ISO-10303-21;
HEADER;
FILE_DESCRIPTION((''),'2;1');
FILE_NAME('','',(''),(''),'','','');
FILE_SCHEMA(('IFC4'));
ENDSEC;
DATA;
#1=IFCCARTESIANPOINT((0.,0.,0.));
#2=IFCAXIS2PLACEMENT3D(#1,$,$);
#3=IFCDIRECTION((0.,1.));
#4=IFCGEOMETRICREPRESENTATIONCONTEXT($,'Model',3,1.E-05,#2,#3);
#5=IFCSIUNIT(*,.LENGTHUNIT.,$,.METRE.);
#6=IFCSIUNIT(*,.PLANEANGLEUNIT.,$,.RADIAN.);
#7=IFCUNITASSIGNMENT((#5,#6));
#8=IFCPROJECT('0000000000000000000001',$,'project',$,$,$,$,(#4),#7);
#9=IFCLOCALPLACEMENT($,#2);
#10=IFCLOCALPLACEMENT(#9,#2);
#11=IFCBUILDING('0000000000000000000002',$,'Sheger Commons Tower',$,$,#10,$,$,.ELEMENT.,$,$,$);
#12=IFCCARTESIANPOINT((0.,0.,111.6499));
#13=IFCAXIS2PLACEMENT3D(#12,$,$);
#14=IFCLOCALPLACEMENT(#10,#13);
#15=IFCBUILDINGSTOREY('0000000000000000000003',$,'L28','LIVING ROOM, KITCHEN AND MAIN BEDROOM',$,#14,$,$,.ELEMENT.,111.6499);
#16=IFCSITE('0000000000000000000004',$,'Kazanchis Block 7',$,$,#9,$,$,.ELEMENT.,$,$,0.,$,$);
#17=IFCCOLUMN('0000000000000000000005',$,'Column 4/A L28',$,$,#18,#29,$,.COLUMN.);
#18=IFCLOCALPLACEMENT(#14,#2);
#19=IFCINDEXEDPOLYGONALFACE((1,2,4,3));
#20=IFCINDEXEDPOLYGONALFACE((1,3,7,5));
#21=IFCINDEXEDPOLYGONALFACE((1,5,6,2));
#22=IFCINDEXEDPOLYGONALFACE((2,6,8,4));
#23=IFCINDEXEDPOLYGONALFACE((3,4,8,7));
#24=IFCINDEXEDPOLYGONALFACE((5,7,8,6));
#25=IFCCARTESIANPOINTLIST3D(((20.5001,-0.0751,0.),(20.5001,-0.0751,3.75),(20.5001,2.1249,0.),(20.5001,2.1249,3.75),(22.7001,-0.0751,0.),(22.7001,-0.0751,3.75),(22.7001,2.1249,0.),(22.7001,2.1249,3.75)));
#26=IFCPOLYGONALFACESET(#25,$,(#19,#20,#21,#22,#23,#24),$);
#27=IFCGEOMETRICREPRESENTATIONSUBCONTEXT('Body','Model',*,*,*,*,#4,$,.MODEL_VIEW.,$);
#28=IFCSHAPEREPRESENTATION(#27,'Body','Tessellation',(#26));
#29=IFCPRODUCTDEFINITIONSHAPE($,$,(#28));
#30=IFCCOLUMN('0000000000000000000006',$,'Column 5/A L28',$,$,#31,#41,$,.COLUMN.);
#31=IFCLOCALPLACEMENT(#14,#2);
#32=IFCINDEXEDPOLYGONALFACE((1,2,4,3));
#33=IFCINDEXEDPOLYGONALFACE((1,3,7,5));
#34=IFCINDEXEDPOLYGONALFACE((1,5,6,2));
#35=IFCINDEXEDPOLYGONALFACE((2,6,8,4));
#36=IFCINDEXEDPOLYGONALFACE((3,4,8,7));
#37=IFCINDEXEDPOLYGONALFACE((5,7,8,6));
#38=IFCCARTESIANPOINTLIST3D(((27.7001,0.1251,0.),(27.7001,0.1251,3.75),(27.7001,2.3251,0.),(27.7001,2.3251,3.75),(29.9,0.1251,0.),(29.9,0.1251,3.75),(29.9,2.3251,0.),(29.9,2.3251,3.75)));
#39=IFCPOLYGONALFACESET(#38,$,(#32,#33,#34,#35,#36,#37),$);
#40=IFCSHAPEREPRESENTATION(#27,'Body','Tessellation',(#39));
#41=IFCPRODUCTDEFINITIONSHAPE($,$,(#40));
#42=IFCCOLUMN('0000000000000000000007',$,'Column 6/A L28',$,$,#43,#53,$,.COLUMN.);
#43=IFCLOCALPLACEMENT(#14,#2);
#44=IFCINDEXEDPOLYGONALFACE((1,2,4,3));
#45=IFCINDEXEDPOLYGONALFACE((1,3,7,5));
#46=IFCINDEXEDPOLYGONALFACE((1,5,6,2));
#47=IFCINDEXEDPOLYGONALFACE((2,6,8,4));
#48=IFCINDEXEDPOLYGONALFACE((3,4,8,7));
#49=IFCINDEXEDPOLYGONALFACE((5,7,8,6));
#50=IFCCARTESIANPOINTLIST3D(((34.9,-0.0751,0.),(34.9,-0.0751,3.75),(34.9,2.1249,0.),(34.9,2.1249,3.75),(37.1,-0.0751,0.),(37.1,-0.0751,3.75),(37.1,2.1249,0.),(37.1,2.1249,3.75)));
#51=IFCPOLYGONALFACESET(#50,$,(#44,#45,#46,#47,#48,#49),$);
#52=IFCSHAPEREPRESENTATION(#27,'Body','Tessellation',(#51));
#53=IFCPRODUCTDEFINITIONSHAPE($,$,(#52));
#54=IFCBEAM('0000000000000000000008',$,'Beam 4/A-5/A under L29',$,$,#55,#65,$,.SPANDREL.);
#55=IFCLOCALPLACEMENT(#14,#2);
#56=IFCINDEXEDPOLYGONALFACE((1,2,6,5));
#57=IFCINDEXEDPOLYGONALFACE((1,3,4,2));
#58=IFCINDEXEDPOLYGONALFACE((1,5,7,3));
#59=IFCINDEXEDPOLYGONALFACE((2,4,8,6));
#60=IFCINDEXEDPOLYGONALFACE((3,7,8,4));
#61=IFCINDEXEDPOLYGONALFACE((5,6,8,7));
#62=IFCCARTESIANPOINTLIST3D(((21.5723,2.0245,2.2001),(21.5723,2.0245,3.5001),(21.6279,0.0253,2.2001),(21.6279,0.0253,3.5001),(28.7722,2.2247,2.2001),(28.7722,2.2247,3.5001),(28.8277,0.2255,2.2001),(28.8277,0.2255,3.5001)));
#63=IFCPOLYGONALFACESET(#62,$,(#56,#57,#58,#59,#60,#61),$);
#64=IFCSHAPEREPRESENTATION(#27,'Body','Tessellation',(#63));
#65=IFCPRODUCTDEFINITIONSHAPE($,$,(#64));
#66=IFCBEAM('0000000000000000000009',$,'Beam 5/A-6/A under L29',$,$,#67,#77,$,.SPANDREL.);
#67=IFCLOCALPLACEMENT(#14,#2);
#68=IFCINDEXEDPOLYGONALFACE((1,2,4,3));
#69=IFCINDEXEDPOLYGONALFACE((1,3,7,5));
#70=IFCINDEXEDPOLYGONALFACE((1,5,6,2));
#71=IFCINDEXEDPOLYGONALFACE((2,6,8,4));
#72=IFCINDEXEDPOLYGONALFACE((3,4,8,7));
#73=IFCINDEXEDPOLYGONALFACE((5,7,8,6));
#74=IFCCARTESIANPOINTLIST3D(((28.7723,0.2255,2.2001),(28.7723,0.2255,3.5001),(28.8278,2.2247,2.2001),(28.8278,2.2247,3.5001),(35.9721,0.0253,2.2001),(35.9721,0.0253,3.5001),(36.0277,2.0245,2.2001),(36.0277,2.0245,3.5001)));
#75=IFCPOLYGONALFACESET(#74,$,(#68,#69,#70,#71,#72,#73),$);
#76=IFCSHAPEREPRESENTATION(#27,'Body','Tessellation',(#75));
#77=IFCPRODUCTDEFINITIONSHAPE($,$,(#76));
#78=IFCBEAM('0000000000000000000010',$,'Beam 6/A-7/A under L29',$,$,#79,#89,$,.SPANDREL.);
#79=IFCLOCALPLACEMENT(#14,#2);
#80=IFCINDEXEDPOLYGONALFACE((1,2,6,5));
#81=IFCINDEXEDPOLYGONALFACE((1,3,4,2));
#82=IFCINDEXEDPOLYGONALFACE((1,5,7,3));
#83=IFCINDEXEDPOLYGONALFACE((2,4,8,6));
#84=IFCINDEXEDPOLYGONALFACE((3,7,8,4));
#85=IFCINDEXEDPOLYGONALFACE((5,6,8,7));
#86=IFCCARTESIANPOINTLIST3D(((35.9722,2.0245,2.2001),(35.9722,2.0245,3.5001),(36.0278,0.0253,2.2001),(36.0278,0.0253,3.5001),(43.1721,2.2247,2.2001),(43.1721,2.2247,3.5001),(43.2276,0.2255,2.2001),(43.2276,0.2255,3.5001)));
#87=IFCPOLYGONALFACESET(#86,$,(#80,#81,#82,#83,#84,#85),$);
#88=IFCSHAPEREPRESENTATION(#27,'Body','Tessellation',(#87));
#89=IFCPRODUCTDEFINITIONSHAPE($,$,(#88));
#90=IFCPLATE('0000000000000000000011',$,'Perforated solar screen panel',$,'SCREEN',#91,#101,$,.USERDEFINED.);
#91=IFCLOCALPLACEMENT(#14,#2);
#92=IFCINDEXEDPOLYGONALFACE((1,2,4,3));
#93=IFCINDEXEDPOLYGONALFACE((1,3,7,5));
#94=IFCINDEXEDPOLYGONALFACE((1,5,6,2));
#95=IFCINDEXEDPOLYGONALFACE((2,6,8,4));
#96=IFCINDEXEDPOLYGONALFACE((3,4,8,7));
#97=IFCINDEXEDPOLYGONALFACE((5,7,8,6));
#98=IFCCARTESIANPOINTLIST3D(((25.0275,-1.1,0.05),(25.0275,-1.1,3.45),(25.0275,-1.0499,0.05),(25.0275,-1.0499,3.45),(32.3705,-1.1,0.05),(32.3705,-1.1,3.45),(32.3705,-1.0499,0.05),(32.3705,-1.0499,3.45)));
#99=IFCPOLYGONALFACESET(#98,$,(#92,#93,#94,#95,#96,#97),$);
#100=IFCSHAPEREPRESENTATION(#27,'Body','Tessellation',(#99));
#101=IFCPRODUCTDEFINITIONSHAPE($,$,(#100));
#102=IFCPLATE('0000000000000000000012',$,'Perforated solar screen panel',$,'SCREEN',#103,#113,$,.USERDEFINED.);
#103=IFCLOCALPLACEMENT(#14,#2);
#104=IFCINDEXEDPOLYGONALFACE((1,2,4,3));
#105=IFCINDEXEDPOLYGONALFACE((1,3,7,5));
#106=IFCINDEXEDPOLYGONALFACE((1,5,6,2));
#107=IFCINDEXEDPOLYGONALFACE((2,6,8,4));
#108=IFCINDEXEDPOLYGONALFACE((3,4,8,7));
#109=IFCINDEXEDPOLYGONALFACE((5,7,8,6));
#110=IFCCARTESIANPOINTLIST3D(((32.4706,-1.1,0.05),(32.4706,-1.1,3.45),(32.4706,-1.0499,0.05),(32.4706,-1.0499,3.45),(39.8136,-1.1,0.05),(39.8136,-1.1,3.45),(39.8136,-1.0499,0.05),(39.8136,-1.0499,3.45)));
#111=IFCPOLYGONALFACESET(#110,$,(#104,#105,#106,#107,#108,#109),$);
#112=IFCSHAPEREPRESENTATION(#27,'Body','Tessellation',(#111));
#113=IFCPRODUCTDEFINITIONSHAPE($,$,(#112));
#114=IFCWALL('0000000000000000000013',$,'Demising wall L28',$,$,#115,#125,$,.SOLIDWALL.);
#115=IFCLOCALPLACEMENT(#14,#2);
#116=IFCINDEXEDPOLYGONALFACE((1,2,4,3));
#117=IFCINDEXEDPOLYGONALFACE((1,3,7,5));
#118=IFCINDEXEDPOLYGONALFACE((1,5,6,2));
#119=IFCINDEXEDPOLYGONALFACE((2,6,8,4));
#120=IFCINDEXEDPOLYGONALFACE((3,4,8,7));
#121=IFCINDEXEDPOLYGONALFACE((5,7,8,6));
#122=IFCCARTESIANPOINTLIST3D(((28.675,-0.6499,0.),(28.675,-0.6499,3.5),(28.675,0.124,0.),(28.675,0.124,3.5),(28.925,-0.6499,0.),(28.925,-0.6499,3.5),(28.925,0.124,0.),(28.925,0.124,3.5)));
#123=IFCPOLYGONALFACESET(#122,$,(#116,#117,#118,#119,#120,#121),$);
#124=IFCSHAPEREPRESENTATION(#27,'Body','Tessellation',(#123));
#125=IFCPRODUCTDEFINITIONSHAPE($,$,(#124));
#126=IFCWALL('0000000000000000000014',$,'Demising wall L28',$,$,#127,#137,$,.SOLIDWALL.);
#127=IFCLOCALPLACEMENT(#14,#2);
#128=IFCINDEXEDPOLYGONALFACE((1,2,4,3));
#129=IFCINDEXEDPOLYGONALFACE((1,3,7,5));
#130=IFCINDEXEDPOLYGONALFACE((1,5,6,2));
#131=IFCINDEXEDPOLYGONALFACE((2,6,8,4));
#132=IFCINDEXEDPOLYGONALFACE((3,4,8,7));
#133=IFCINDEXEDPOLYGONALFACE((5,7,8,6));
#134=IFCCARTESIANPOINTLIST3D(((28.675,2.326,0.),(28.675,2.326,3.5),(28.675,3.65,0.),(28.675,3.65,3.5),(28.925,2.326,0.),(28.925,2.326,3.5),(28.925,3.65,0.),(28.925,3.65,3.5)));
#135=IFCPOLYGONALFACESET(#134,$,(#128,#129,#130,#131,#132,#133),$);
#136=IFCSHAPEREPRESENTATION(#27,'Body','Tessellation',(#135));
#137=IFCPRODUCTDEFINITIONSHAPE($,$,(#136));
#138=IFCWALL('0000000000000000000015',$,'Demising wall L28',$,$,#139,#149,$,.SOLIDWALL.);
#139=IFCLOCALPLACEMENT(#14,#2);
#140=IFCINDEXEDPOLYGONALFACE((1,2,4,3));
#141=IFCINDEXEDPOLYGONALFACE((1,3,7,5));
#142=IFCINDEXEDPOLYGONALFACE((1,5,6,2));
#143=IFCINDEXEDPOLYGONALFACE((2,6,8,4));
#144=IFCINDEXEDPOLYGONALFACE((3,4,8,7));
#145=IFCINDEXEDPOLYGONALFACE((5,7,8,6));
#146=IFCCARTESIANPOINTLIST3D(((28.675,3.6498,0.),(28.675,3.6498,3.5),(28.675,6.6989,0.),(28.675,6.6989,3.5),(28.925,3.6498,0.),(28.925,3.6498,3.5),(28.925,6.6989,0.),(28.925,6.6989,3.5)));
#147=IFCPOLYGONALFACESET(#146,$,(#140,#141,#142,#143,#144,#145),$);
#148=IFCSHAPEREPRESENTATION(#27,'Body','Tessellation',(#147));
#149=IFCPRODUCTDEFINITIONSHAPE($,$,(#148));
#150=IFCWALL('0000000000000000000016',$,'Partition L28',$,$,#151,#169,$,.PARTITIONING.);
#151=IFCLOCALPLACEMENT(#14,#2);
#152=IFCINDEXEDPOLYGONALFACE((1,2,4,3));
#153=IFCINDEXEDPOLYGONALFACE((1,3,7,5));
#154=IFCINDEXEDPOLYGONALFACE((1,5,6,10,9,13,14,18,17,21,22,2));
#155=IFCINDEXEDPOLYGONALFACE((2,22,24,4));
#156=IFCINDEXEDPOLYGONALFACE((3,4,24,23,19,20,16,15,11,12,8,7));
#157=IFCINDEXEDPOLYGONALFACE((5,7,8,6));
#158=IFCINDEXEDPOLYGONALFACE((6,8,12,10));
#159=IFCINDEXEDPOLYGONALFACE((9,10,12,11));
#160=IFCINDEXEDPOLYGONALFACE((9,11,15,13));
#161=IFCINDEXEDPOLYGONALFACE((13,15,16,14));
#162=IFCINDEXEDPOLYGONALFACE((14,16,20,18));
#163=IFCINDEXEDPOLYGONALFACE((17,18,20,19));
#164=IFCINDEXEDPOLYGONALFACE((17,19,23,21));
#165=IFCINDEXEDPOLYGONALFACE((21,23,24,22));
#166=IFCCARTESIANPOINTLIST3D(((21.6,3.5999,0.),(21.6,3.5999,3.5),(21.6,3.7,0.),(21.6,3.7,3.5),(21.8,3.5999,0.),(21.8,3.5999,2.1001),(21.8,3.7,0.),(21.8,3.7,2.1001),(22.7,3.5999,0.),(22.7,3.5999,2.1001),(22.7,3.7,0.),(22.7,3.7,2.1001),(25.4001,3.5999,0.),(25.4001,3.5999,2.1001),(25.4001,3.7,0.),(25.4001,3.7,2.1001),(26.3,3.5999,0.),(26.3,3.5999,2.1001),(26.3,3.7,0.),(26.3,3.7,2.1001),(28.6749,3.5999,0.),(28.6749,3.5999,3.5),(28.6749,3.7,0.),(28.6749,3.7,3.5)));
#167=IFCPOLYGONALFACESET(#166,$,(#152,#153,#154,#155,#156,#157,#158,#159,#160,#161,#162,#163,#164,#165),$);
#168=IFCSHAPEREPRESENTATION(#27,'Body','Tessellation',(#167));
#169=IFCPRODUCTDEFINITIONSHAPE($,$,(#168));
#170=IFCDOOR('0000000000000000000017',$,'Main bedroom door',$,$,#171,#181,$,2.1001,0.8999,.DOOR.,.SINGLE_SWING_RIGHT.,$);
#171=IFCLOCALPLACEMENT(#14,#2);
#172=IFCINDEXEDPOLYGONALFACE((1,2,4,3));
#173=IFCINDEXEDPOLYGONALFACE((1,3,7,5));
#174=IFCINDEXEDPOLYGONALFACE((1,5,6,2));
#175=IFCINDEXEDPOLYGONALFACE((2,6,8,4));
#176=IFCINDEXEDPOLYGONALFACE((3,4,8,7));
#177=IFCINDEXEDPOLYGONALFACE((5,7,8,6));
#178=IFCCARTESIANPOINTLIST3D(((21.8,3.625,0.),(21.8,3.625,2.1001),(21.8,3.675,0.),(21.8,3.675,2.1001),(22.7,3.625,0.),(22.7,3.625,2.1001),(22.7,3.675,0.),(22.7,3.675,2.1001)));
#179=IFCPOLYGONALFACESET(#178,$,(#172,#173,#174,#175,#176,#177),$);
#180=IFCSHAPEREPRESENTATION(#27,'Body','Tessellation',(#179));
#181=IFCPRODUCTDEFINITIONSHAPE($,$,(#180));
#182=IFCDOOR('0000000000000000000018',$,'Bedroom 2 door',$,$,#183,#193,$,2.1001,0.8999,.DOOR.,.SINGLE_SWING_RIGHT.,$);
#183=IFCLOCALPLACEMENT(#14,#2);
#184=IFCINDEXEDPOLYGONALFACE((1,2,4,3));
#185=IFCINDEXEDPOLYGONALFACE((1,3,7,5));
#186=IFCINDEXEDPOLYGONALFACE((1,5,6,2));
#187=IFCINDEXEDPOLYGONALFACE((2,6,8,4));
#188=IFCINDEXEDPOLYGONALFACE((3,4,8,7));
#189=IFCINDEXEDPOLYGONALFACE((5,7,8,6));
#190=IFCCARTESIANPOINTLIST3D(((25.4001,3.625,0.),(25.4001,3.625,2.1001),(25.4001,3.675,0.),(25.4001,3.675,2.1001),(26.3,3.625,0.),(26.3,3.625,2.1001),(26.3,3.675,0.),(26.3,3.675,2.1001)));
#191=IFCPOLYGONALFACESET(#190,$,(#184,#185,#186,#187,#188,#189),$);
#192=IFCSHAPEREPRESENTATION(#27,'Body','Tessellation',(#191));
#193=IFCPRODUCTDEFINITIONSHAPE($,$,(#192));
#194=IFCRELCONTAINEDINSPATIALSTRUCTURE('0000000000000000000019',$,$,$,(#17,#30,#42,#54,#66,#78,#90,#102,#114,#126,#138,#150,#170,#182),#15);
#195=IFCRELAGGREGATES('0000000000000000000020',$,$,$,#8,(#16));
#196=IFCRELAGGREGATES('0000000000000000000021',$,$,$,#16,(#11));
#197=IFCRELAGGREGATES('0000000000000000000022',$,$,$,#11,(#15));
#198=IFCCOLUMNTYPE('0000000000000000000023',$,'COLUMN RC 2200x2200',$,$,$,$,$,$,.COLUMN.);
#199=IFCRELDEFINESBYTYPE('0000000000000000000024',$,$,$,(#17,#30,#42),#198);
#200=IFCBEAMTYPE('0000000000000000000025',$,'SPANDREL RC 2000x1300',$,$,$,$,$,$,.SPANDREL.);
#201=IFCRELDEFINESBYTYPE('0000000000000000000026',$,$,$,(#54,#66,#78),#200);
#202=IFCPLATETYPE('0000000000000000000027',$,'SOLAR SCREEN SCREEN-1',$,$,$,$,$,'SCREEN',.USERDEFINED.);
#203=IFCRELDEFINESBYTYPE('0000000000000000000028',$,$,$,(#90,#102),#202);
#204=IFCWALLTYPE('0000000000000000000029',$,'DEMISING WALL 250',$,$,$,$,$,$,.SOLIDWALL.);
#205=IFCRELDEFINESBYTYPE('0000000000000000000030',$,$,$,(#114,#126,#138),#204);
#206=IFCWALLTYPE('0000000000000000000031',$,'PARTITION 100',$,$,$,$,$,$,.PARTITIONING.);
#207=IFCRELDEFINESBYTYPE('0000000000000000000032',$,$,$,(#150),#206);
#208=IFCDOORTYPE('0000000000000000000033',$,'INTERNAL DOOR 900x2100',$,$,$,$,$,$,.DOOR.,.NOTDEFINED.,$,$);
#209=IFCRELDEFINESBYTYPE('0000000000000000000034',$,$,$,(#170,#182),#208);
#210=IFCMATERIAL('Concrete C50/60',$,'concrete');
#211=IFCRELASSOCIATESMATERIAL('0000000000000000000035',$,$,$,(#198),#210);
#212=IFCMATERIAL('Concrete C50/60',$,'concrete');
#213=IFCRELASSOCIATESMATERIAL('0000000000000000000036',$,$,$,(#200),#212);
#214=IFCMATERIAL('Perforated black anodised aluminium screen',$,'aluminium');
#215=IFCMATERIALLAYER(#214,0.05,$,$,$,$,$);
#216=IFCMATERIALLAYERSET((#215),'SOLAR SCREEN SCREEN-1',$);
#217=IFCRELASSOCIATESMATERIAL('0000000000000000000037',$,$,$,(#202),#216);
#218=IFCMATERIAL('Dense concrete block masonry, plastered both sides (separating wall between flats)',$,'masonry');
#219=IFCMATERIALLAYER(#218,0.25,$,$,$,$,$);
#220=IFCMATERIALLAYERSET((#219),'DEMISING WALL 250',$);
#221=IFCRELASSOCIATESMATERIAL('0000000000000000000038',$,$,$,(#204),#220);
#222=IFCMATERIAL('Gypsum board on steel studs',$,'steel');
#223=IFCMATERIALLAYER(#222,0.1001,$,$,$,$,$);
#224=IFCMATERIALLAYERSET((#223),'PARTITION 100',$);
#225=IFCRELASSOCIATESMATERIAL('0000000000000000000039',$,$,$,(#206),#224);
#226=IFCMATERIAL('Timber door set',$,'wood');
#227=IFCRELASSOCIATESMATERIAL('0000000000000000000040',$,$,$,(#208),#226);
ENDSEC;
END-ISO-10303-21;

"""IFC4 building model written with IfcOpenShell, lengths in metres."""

from ifc_helpers import new_model, si_unit, direction, frame, frame_2d, origin, origin_2d, place, context, subcontext, project, spatial, rectangle, extrude, material, layer, layer_set, material_profile, profile_set, type_object, element, fill, save


model = new_model("IFC4")

# Units and contexts
model_context = context("Model", 3, precision=1e-05, world=origin(), true_north=direction((0.0, 1.0)))
body_context = subcontext(model_context, "Body", "Model", "MODEL_VIEW")
ifc_project = project(units=[si_unit("LENGTHUNIT", "METRE"), si_unit("PLANEANGLEUNIT", "RADIAN")], contexts=[model_context])

# Site, building, storey
site_placement = place(None, origin())
site = spatial("IfcSite", under=ifc_project, at=site_placement, Name="Kazanchis Block 7", CompositionType="ELEMENT", RefElevation=0.0)
building_placement = place(site_placement, origin())
building = spatial("IfcBuilding", under=site, at=building_placement, Name="Sheger Commons Tower", CompositionType="ELEMENT")
storey_placement = place(building_placement, frame((0.0, 0.0, 111.6499)))
storey = spatial("IfcBuildingStorey", under=building, at=storey_placement, Name="L28", Description="LIVING ROOM, KITCHEN AND MAIN BEDROOM", CompositionType="ELEMENT", Elevation=111.6499)

# Columns
ifc_material_1 = material(Name="Concrete C50/60", Category="concrete")
ifc_material_profile_1 = material_profile(ifc_material_1, rectangle(XDim=2.2, YDim=2.2, at=origin_2d()), Name="RC 2200x2200")
ifc_profile_set_1 = profile_set([ifc_material_profile_1], Name="Concrete C50/60")
column_type = type_object("IfcColumnType", Name="COLUMN RC 2200x2200", PredefinedType="COLUMN", material=ifc_profile_set_1)
for number, where, z_axis, x_axis, name in (
    (1, (21.6001, 1.0249, 0.0), (0.0, 0.0, 1.0), (1.0, 0.0, 0.0), "Column 4/A L28"),
    (2, (28.8, 1.2251, 0.0), (0.0, 0.0, 1.0), (1.0, 0.0, 0.0), "Column 5/A L28"),
    (3, (36.0, 1.0249, 0.0), (0.0, 0.0, 1.0), (1.0, 0.0, 0.0), "Column 6/A L28"),
):
    element("IfcColumn", number, at=place(storey_placement, frame(where, z_axis=z_axis, x_axis=x_axis)), inside=storey, type_object=column_type, Name=name, PredefinedType="COLUMN", context=body_context, shape_type="SweptSolid", body=[
        extrude(rectangle(XDim=2.2, YDim=2.2, at=origin_2d()), origin(), (0.0, 0.0, 1.0), 3.75),
    ])

# Beams
ifc_material_2 = material(Name="Concrete C50/60", Category="concrete")
ifc_material_profile_2 = material_profile(ifc_material_2, rectangle(XDim=2.0, YDim=1.3, at=origin_2d()), Name="RC 2000x1300")
ifc_profile_set_2 = profile_set([ifc_material_profile_2], Name="Concrete C50/60")
beam_type = type_object("IfcBeamType", Name="SPANDREL RC 2000x1300", PredefinedType="SPANDREL", material=ifc_profile_set_2)
for number, where, z_axis, x_axis, name in (
    (4, (21.6001, 1.0249, 2.8501), (0.999614, 0.027794, 0.0), (-0.027794, 0.999614, 0.0), "Beam 4/A-5/A under L29"),
    (5, (28.8, 1.2251, 2.8501), (0.999614, -0.027794, 0.0), (0.027794, 0.999614, 0.0), "Beam 5/A-6/A under L29"),
    (6, (36.0, 1.0249, 2.8501), (0.999614, 0.027794, 0.0), (-0.027794, 0.999614, 0.0), "Beam 6/A-7/A under L29"),
):
    element("IfcBeam", number, at=place(storey_placement, frame(where, z_axis=z_axis, x_axis=x_axis)), inside=storey, type_object=beam_type, Name=name, PredefinedType="SPANDREL", context=body_context, shape_type="SweptSolid", body=[
        extrude(rectangle(XDim=2.0, YDim=1.3, at=origin_2d()), origin(), (0.0, 0.0, 1.0), 7.2026),
    ])

# Plates
ifc_material_3 = material(Name="Perforated black anodised aluminium screen", Category="aluminium")
ifc_layer_1 = layer(ifc_material_3, 0.05)
ifc_layer_set_1 = layer_set([ifc_layer_1], Name="SOLAR SCREEN SCREEN-1")
plate_type = type_object("IfcPlateType", Name="SOLAR SCREEN SCREEN-1", ElementType="SCREEN", PredefinedType="USERDEFINED", material=ifc_layer_set_1)
for number, where, z_axis, x_axis, name in (
    (7, (28.699, -1.075, 0.05), (0.0, 0.0, 1.0), (1.0, 0.0, 0.0), "Perforated solar screen panel"),
    (8, (36.1421, -1.075, 0.05), (0.0, 0.0, 1.0), (1.0, 0.0, 0.0), "Perforated solar screen panel"),
):
    element("IfcPlate", number, at=place(storey_placement, frame(where, z_axis=z_axis, x_axis=x_axis)), inside=storey, type_object=plate_type, Name=name, ObjectType="SCREEN", PredefinedType="USERDEFINED", context=body_context, shape_type="SweptSolid", body=[
        extrude(rectangle(XDim=7.343, YDim=0.05, at=origin_2d()), origin(), (0.0, 0.0, 1.0), 3.3999),
    ])

# Walls
ifc_material_4 = material(Name="Dense concrete block masonry, plastered both sides (separating wall between flats)", Category="masonry")
ifc_layer_2 = layer(ifc_material_4, 0.25)
ifc_layer_set_2 = layer_set([ifc_layer_2], Name="DEMISING WALL 250")
wall_type_1 = type_object("IfcWallType", Name="DEMISING WALL 250", PredefinedType="SOLIDWALL", material=ifc_layer_set_2)
wall_1_placement = place(storey_placement, frame((28.8, -0.6499, 0.0), z_axis=(0.0, 0.0, 1.0), x_axis=(0.0, 1.0, 0.0)))
element("IfcWall", 9, at=wall_1_placement, inside=storey, type_object=wall_type_1, Name="Demising wall L28", PredefinedType="SOLIDWALL", context=body_context, shape_type="SweptSolid", body=[
    extrude(rectangle(XDim=0.7739, YDim=0.25, at=frame_2d((0.387, 0.0))), origin(), (0.0, 0.0, 1.0), 3.5),
])
wall_2_placement = place(storey_placement, frame((28.8, 2.3259, 0.0), z_axis=(0.0, 0.0, 1.0), x_axis=(0.0, 1.0, 0.0)))
element("IfcWall", 10, at=wall_2_placement, inside=storey, type_object=wall_type_1, Name="Demising wall L28", PredefinedType="SOLIDWALL", context=body_context, shape_type="SweptSolid", body=[
    extrude(rectangle(XDim=1.324, YDim=0.25, at=frame_2d((0.6621, 0.0))), origin(), (0.0, 0.0, 1.0), 3.5),
])
wall_3_placement = place(storey_placement, frame((28.8, 3.6499, 0.0), z_axis=(0.0, 0.0, 1.0), x_axis=(0.0, 1.0, 0.0)))
element("IfcWall", 11, at=wall_3_placement, inside=storey, type_object=wall_type_1, Name="Demising wall L28", PredefinedType="SOLIDWALL", context=body_context, shape_type="SweptSolid", body=[
    extrude(rectangle(XDim=3.0491, YDim=0.25, at=frame_2d((1.5244, 0.0))), origin(), (0.0, 0.0, 1.0), 3.5),
])

# Wall, openings, doors
ifc_material_5 = material(Name="Gypsum board on steel studs", Category="steel")
ifc_layer_3 = layer(ifc_material_5, 0.1001)
ifc_layer_set_3 = layer_set([ifc_layer_3], Name="PARTITION 100")
wall_type_2 = type_object("IfcWallType", Name="PARTITION 100", PredefinedType="PARTITIONING", material=ifc_layer_set_3)
wall_4_placement = place(storey_placement, frame((28.675, 3.6499, 0.0), z_axis=(0.0, 0.0, 1.0), x_axis=(-1.0, 0.0, 0.0)))
wall_4 = element("IfcWall", 12, at=wall_4_placement, inside=storey, type_object=wall_type_2, Name="Partition L28", PredefinedType="PARTITIONING", context=body_context, shape_type="SweptSolid", body=[
    extrude(rectangle(XDim=7.075, YDim=0.1001, at=frame_2d((3.5376, 0.0))), origin(), (0.0, 0.0, 1.0), 3.5),
])
opening_1_placement = place(wall_4_placement, frame((5.9751, 0.0, 0.0)))
opening_1 = element("IfcOpeningElement", 13, at=opening_1_placement, cuts=wall_4, PredefinedType="OPENING", context=body_context, shape_type="SweptSolid", body=[
    extrude(rectangle(XDim=0.8999, YDim=2.1001, at=frame_2d((0.45, 1.05))), frame((0.0, 0.0601, 0.0), z_axis=(0.0, -1.0, 0.0), x_axis=(1.0, 0.0, 0.0)), (0.0, 0.0, 1.0), 0.1201),
])
opening_2_placement = place(wall_4_placement, frame((2.375, 0.0, 0.0)))
opening_2 = element("IfcOpeningElement", 14, at=opening_2_placement, cuts=wall_4, PredefinedType="OPENING", context=body_context, shape_type="SweptSolid", body=[
    extrude(rectangle(XDim=0.8999, YDim=2.1001, at=frame_2d((0.45, 1.05))), frame((0.0, 0.0601, 0.0), z_axis=(0.0, -1.0, 0.0), x_axis=(1.0, 0.0, 0.0)), (0.0, 0.0, 1.0), 0.1201),
])
ifc_material_6 = material(Name="Timber door set", Category="wood")
door_type = type_object("IfcDoorType", Name="INTERNAL DOOR 900x2100", OperationType="NOTDEFINED", PredefinedType="DOOR", material=ifc_material_6)
door_1_placement = place(opening_1_placement, origin())
door_1 = element("IfcDoor", 15, at=door_1_placement, inside=storey, type_object=door_type, Name="Main bedroom door", OperationType="SINGLE_SWING_RIGHT", OverallHeight=2.1001, OverallWidth=0.8999, PredefinedType="DOOR", context=body_context, shape_type="SweptSolid", body=[
    extrude(rectangle(XDim=0.8999, YDim=2.1001, at=frame_2d((0.45, 1.05))), frame((0.0, 0.0249, 0.0), z_axis=(0.0, -1.0, 0.0), x_axis=(1.0, 0.0, 0.0)), (0.0, 0.0, 1.0), 0.05),
])
fill(opening_1, door_1)
door_2_placement = place(opening_2_placement, origin())
door_2 = element("IfcDoor", 16, at=door_2_placement, inside=storey, type_object=door_type, Name="Bedroom 2 door", OperationType="SINGLE_SWING_RIGHT", OverallHeight=2.1001, OverallWidth=0.8999, PredefinedType="DOOR", context=body_context, shape_type="SweptSolid", body=[
    extrude(rectangle(XDim=0.8999, YDim=2.1001, at=frame_2d((0.45, 1.05))), frame((0.0, 0.0249, 0.0), z_axis=(0.0, -1.0, 0.0), x_axis=(1.0, 0.0, 0.0)), (0.0, 0.0, 1.0), 0.05),
])
fill(opening_2, door_2)

save(model, "model.ifc")
